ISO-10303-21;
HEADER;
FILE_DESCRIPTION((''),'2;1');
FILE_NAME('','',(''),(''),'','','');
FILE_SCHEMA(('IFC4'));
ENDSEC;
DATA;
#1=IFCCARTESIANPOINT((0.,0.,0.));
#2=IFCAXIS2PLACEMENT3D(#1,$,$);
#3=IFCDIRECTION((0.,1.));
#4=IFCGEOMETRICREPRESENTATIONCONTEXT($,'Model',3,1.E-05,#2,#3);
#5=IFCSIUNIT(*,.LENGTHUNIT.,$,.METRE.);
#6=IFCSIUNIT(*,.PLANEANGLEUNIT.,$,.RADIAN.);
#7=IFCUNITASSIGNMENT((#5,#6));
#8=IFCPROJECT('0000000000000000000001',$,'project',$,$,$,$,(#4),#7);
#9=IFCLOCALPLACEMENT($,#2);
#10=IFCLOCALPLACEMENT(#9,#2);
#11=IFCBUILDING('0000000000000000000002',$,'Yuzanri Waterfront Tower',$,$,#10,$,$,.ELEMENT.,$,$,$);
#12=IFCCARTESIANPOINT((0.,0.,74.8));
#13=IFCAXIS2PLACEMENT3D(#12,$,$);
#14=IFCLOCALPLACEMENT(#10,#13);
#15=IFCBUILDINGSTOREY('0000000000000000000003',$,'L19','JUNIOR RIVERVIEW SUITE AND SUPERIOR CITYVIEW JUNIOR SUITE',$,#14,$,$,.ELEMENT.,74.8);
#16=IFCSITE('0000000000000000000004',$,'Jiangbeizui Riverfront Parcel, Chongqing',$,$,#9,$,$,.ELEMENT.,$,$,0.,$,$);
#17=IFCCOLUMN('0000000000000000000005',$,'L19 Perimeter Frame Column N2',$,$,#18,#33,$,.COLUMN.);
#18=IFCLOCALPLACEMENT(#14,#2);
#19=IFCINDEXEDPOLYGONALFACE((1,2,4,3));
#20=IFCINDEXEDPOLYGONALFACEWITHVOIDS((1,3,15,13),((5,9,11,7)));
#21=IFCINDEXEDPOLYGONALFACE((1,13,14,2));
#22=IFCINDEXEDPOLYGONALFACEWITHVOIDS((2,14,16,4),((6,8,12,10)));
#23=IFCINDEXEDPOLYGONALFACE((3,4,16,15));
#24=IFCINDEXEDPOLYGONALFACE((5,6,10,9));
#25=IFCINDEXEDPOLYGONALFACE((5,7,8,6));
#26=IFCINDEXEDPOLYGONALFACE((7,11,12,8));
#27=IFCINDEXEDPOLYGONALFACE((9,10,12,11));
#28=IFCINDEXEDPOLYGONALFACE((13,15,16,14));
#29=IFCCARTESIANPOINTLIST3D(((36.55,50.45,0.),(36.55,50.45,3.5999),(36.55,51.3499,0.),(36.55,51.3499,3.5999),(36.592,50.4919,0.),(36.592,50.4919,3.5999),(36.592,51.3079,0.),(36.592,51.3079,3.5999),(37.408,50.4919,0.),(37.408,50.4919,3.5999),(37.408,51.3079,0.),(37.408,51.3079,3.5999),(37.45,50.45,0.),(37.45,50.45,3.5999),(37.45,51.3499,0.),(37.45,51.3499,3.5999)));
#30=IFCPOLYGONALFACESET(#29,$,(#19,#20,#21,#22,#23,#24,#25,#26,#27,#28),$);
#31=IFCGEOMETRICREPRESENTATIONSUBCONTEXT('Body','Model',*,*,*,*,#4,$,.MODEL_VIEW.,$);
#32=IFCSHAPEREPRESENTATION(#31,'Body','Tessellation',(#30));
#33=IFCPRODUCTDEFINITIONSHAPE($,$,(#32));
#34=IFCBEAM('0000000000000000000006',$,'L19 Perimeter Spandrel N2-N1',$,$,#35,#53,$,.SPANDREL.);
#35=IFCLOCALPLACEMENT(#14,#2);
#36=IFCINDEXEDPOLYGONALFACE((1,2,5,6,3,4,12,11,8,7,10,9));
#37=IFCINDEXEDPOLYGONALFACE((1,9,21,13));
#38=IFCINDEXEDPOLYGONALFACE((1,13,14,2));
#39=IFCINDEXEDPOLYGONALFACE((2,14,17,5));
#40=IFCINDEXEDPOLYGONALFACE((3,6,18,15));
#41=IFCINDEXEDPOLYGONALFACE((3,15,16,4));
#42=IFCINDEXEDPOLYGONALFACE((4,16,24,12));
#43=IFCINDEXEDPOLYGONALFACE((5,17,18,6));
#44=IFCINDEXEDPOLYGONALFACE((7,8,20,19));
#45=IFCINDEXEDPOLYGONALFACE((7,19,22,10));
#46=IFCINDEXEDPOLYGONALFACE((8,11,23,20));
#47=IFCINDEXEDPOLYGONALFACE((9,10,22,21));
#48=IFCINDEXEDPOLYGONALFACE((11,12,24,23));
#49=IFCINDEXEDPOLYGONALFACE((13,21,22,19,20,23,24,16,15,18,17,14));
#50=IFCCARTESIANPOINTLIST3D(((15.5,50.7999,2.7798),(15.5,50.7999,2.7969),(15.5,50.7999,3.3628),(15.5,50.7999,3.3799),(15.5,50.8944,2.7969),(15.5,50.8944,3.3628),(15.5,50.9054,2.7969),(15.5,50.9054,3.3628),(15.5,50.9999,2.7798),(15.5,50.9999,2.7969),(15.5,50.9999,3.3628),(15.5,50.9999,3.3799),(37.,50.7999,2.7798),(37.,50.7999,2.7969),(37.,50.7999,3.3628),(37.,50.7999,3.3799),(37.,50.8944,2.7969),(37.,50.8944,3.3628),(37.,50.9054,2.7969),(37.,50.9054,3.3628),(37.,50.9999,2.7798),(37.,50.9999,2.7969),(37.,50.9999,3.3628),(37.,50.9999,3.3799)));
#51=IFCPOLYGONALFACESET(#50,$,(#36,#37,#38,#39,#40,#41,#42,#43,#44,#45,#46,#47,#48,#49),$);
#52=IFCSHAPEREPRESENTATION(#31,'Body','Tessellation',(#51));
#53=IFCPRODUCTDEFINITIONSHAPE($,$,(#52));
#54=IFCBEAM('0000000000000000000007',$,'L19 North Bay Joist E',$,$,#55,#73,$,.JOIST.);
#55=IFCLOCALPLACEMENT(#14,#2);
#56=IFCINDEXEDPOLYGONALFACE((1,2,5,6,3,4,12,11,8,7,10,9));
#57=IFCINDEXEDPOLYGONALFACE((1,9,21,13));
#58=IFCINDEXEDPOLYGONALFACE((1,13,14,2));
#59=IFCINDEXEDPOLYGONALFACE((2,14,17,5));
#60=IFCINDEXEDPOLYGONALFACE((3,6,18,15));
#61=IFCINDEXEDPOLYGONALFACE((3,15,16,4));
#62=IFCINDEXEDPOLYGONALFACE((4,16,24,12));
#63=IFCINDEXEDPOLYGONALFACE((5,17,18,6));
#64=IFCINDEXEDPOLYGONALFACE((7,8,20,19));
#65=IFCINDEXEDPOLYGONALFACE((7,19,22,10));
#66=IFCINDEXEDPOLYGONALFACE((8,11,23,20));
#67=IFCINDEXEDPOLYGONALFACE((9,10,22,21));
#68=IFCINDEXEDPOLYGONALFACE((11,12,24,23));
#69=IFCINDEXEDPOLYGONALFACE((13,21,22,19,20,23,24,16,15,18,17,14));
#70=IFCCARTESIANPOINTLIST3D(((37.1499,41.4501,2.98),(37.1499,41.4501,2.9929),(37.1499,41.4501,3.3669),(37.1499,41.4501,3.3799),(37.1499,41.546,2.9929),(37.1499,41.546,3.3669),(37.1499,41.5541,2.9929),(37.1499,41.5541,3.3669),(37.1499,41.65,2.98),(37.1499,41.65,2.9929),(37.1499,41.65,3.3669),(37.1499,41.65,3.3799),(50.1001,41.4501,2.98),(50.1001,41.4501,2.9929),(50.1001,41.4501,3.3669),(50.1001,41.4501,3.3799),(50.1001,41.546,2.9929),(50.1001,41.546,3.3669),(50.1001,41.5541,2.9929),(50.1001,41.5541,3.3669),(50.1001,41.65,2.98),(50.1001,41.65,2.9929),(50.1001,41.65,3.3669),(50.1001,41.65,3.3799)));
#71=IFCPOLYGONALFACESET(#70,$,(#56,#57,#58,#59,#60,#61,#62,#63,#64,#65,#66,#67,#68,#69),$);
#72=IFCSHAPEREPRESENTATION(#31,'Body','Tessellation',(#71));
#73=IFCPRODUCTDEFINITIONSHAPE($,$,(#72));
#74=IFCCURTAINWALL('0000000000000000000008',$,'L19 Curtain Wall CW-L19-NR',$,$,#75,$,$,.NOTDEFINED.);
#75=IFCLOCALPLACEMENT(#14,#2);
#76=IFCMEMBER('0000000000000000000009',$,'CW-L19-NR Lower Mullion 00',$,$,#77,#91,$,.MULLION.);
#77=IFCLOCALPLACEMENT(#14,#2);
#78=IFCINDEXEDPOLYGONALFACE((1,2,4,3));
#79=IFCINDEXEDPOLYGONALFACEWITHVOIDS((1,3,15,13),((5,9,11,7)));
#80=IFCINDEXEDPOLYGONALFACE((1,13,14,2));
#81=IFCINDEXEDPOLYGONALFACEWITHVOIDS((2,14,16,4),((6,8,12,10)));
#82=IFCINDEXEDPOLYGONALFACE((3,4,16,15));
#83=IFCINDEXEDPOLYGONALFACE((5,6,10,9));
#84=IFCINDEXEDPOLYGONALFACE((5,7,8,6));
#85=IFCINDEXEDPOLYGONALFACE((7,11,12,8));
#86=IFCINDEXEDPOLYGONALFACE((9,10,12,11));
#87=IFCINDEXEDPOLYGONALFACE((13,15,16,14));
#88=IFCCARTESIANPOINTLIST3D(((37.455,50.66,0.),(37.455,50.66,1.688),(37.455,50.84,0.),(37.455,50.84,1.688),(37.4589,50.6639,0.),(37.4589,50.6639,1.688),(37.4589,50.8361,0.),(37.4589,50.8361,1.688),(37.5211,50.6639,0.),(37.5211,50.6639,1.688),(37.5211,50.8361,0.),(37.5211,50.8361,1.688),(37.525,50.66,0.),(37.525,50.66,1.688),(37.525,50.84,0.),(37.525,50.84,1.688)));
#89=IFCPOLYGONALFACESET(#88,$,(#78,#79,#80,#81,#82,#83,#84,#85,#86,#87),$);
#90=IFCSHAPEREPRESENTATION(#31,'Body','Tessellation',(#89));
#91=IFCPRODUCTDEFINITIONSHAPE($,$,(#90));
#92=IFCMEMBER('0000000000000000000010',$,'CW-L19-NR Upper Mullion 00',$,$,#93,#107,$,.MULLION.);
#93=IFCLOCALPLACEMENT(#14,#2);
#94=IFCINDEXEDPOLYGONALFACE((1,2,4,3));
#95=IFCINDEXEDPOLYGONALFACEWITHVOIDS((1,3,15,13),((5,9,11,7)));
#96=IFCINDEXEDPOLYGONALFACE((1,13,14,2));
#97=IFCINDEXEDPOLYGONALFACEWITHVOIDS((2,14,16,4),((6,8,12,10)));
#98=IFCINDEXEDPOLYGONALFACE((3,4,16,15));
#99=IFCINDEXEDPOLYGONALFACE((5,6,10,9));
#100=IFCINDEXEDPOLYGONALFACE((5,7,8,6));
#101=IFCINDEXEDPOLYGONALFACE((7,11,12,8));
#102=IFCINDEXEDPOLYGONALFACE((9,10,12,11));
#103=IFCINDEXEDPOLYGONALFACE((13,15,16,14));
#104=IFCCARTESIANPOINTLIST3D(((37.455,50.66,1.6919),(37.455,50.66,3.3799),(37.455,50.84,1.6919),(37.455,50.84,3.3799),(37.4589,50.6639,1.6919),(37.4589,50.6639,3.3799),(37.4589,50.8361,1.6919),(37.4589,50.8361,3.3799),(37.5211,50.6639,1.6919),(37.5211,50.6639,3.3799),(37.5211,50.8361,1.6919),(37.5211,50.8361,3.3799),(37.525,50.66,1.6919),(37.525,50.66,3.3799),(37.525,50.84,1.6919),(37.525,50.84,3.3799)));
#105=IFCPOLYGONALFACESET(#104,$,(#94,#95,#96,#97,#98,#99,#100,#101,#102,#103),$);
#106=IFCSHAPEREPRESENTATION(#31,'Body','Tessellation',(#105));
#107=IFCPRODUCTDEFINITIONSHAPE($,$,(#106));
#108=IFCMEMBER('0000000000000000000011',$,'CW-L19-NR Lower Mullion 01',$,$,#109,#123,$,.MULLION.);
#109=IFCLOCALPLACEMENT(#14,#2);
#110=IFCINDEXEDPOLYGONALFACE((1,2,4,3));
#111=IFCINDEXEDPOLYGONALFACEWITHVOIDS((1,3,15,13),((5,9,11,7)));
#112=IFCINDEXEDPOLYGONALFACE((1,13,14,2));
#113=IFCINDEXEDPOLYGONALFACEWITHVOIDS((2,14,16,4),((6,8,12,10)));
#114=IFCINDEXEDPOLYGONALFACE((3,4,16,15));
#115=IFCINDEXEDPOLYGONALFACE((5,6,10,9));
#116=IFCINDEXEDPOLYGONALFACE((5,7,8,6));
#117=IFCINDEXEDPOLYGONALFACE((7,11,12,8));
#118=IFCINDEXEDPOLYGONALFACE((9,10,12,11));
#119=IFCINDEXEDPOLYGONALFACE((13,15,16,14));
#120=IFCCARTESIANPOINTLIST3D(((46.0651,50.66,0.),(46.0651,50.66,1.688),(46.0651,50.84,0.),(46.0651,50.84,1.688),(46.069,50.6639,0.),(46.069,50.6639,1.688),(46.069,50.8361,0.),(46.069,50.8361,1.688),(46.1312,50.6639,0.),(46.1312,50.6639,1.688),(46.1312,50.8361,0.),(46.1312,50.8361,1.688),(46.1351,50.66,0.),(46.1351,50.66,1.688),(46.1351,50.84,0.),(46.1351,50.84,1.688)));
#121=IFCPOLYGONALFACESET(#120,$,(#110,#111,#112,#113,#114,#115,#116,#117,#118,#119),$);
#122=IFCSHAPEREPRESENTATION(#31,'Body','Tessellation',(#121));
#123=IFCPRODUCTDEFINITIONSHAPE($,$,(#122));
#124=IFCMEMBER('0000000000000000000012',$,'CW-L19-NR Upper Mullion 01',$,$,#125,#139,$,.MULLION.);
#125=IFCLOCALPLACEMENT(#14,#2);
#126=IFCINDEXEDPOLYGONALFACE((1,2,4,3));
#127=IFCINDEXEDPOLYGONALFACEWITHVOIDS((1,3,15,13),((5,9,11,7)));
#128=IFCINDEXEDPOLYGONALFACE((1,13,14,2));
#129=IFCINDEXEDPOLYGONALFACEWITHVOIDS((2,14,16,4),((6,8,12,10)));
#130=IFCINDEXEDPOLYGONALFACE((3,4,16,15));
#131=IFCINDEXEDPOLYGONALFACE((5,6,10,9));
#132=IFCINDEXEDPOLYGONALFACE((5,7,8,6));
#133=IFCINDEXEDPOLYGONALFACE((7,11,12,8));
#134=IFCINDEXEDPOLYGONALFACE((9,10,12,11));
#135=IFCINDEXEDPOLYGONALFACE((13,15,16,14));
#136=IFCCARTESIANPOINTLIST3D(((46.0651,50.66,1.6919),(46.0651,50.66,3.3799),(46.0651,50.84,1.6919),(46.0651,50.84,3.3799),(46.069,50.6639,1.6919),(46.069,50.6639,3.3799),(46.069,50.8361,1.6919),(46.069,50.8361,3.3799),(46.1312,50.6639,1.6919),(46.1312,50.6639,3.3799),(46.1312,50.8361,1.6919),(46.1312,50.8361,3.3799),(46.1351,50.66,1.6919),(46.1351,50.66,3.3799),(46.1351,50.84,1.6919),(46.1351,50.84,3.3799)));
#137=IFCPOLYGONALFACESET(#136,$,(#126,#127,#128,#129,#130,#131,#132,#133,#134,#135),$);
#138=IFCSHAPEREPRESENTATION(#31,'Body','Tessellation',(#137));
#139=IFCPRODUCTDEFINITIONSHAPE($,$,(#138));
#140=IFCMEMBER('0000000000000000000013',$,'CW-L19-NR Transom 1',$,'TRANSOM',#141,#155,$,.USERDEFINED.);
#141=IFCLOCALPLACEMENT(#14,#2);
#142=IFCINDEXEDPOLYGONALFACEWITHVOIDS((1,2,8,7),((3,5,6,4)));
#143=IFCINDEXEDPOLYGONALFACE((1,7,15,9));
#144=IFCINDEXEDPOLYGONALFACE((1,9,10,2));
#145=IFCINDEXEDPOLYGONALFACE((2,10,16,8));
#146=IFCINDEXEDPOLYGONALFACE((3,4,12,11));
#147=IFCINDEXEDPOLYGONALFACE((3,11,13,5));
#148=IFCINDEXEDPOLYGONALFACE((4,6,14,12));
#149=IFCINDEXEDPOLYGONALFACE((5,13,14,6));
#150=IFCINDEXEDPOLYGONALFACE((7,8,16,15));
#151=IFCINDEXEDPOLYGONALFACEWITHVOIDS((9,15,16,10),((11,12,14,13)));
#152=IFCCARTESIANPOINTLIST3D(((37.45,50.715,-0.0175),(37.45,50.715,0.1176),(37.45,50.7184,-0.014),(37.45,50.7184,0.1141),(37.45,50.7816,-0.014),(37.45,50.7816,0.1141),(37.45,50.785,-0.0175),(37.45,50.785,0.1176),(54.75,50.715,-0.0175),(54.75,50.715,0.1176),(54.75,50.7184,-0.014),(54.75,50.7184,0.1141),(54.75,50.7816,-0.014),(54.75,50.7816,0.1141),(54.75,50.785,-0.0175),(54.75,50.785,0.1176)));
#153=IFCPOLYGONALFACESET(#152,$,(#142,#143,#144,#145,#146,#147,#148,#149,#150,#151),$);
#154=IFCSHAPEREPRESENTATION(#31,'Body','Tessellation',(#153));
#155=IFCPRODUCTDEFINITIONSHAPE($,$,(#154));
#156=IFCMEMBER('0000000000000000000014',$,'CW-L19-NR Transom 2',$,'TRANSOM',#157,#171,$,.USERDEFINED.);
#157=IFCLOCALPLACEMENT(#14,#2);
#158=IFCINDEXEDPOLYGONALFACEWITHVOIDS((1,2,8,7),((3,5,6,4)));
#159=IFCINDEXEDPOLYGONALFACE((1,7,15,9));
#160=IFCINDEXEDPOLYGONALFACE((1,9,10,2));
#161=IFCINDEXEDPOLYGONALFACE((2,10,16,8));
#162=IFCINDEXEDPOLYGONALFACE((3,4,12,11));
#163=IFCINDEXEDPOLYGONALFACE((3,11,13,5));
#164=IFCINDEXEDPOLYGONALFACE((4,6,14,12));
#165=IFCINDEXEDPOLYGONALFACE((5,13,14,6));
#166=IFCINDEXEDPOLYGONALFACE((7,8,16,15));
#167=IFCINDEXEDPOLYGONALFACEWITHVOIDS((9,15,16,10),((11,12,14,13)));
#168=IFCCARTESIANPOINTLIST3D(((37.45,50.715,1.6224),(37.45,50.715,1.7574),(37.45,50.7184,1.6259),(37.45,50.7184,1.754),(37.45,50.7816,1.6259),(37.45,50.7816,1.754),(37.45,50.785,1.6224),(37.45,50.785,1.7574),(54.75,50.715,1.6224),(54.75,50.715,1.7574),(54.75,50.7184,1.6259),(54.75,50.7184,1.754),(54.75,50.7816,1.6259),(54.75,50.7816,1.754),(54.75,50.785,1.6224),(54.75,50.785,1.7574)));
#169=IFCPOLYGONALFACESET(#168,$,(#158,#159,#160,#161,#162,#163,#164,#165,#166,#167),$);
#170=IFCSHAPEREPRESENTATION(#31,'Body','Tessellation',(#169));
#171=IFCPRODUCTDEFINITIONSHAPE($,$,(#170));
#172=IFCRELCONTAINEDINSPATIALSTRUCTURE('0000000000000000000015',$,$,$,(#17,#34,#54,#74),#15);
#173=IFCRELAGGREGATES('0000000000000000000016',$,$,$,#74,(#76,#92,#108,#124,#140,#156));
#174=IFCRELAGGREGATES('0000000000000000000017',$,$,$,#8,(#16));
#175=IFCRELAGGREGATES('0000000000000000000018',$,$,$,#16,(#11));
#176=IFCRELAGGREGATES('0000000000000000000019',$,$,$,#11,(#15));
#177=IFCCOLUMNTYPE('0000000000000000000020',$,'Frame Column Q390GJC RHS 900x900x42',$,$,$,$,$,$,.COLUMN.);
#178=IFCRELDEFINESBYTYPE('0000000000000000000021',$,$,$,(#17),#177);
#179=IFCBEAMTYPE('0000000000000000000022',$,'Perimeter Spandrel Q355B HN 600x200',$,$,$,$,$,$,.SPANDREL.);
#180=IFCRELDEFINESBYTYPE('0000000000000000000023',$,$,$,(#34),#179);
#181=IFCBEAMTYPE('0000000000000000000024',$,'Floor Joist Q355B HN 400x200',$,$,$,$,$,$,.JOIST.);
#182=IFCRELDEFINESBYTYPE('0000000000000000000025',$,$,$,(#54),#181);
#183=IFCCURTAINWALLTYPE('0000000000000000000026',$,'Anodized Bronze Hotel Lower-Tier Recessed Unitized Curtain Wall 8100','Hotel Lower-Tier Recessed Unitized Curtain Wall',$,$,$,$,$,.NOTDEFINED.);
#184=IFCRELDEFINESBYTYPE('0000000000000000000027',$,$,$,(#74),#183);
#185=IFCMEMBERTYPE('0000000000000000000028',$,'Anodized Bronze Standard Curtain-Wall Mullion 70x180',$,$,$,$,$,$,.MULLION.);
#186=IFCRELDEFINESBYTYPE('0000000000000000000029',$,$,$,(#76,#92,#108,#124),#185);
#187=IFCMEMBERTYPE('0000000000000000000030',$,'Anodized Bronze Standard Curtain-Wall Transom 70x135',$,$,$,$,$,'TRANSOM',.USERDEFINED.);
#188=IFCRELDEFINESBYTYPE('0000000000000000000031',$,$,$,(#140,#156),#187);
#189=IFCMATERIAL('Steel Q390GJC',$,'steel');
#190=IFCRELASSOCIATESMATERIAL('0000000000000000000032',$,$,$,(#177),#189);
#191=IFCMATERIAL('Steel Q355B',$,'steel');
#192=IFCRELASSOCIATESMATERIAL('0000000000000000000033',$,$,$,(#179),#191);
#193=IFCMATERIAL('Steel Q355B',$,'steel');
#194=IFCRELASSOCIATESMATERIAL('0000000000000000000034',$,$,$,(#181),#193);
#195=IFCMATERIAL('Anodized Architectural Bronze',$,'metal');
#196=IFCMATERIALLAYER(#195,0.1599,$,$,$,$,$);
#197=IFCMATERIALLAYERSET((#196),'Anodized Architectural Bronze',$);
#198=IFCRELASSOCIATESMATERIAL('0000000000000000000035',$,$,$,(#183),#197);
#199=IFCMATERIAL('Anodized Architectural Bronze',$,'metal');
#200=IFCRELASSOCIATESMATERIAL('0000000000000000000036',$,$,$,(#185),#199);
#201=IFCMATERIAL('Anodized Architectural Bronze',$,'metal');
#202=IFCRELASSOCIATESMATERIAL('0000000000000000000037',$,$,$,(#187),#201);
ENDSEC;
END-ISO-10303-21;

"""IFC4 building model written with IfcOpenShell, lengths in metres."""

from ifc_helpers import new_model, si_unit, direction, frame, origin, origin_2d, place, context, subcontext, project, spatial, hollow_rectangle, i_section, extrude, source, transform, mapped, material, layer, layer_set, material_profile, profile_set, type_object, element, aggregate, save


model = new_model("IFC4")

# Units and contexts
model_context = context("Model", 3, precision=1e-05, world=origin(), true_north=direction((0.0, 1.0)))
body_context = subcontext(model_context, "Body", "Model", "MODEL_VIEW")
ifc_project = project(units=[si_unit("LENGTHUNIT", "METRE"), si_unit("PLANEANGLEUNIT", "RADIAN")], contexts=[model_context])

# Site, building, storey
site_placement = place(None, origin())
site = spatial("IfcSite", under=ifc_project, at=site_placement, Name="Jiangbeizui Riverfront Parcel, Chongqing", CompositionType="ELEMENT", RefElevation=0.0)
building_placement = place(site_placement, origin())
building = spatial("IfcBuilding", under=site, at=building_placement, Name="Yuzanri Waterfront Tower", CompositionType="ELEMENT")
storey_placement = place(building_placement, frame((0.0, 0.0, 74.8)))
storey = spatial("IfcBuildingStorey", under=building, at=storey_placement, Name="L19", Description="JUNIOR RIVERVIEW SUITE AND SUPERIOR CITYVIEW JUNIOR SUITE", CompositionType="ELEMENT", Elevation=74.8)

# Column
ifc_material_1 = material(Name="Steel Q390GJC", Category="steel")
ifc_material_profile_1 = material_profile(ifc_material_1, hollow_rectangle(XDim=0.8999, YDim=0.8999, WallThickness=0.042, at=origin_2d()), Name="RHS 900x900x42")
ifc_profile_set_1 = profile_set([ifc_material_profile_1], Name="Steel Q390GJC")
column_type = type_object("IfcColumnType", Name="Frame Column Q390GJC RHS 900x900x42", PredefinedType="COLUMN", material=ifc_profile_set_1)
shared_shape_1 = source(origin(), body_context, "Body", "SweptSolid", [
    extrude(hollow_rectangle(XDim=0.8999, YDim=0.8999, WallThickness=0.042, at=origin_2d()), origin(), (0.0, 0.0, 1.0), 3.5999),
])
column_placement = place(storey_placement, frame((37.0, 50.8999, 0.0), z_axis=(0.0, 0.0, 1.0), x_axis=(1.0, 0.0, 0.0)))
element("IfcColumn", 1, at=column_placement, inside=storey, type_object=column_type, Name="L19 Perimeter Frame Column N2", PredefinedType="COLUMN", context=body_context, shape_type="MappedRepresentation", body=[
    mapped(shared_shape_1, transform((0.0, 0.0, 0.0), scale=1.0)),
])

# Beams
ifc_material_2 = material(Name="Steel Q355B", Category="steel")
ifc_material_profile_2 = material_profile(ifc_material_2, i_section(OverallWidth=0.2, OverallDepth=0.6001, WebThickness=0.011, FlangeThickness=0.0171, at=origin_2d()), Name="HN 600x200x11x17")
ifc_profile_set_2 = profile_set([ifc_material_profile_2], Name="Steel Q355B")
beam_type_1 = type_object("IfcBeamType", Name="Perimeter Spandrel Q355B HN 600x200", PredefinedType="SPANDREL", material=ifc_profile_set_2)
shared_shape_2 = source(origin(), body_context, "Body", "SweptSolid", [
    extrude(i_section(OverallWidth=0.2, OverallDepth=0.6001, WebThickness=0.011, FlangeThickness=0.0171, at=origin_2d()), origin(), (0.0, 0.0, 1.0), 21.5),
])
beam_1_placement = place(storey_placement, frame((37.0, 50.8999, 3.0798), z_axis=(-1.0, 0.0, 0.0), x_axis=(0.0, -1.0, 0.0)))
element("IfcBeam", 2, at=beam_1_placement, inside=storey, type_object=beam_type_1, Name="L19 Perimeter Spandrel N2-N1", PredefinedType="SPANDREL", context=body_context, shape_type="MappedRepresentation", body=[
    mapped(shared_shape_2, transform((0.0, 0.0, 0.0), scale=1.0)),
])
ifc_material_3 = material(Name="Steel Q355B", Category="steel")
ifc_material_profile_3 = material_profile(ifc_material_3, i_section(OverallWidth=0.2, OverallDepth=0.3999, WebThickness=0.0081, FlangeThickness=0.0129, at=origin_2d()), Name="HN 400x200x8x13")
ifc_profile_set_3 = profile_set([ifc_material_profile_3], Name="Steel Q355B")
beam_type_2 = type_object("IfcBeamType", Name="Floor Joist Q355B HN 400x200", PredefinedType="JOIST", material=ifc_profile_set_3)
shared_shape_3 = source(origin(), body_context, "Body", "SweptSolid", [
    extrude(i_section(OverallWidth=0.2, OverallDepth=0.3999, WebThickness=0.0081, FlangeThickness=0.0129, at=origin_2d()), origin(), (0.0, 0.0, 1.0), 12.9502),
])
beam_2_placement = place(storey_placement, frame((37.1499, 41.55, 3.1799), z_axis=(1.0, 0.0, 0.0), x_axis=(0.0, 1.0, 0.0)))
element("IfcBeam", 3, at=beam_2_placement, inside=storey, type_object=beam_type_2, Name="L19 North Bay Joist E", PredefinedType="JOIST", context=body_context, shape_type="MappedRepresentation", body=[
    mapped(shared_shape_3, transform((0.0, 0.0, 0.0), scale=1.0)),
])

# Curtain wall, members
ifc_material_4 = material(Name="Anodized Architectural Bronze", Category="metal")
ifc_layer_1 = layer(ifc_material_4, 0.1599)
ifc_layer_set_1 = layer_set([ifc_layer_1], Name="Anodized Architectural Bronze")
curtain_wall_type = type_object("IfcCurtainWallType", Name="Anodized Bronze Hotel Lower-Tier Recessed Unitized Curtain Wall 8100", Description="Hotel Lower-Tier Recessed Unitized Curtain Wall", PredefinedType="NOTDEFINED", material=ifc_layer_set_1)
curtain_wall_placement = place(storey_placement, origin())
curtain_wall = element("IfcCurtainWall", 4, at=curtain_wall_placement, inside=storey, type_object=curtain_wall_type, Name="L19 Curtain Wall CW-L19-NR", PredefinedType="NOTDEFINED")
ifc_material_5 = material(Name="Anodized Architectural Bronze", Category="metal")
ifc_material_profile_4 = material_profile(ifc_material_5, hollow_rectangle(XDim=0.0701, YDim=0.1799, WallThickness=0.0039, at=origin_2d()), Name="CWM 70x180")
ifc_profile_set_4 = profile_set([ifc_material_profile_4], Name="Anodized Architectural Bronze")
member_type_1 = type_object("IfcMemberType", Name="Anodized Bronze Standard Curtain-Wall Mullion 70x180", PredefinedType="MULLION", material=ifc_profile_set_4)
shared_shape_4 = source(origin(), body_context, "Body", "SweptSolid", [
    extrude(hollow_rectangle(XDim=0.0701, YDim=0.1799, WallThickness=0.0039, at=origin_2d()), origin(), (0.0, 0.0, 1.0), 1.688),
])
member_1_placement = place(storey_placement, frame((37.49, 50.75, 0.0), z_axis=(0.0, 0.0, 1.0), x_axis=(1.0, 0.0, 0.0)))
member_1 = element("IfcMember", 5, at=member_1_placement, type_object=member_type_1, Name="CW-L19-NR Lower Mullion 00", PredefinedType="MULLION", context=body_context, shape_type="MappedRepresentation", body=[
    mapped(shared_shape_4, transform((0.0, 0.0, 0.0), scale=1.0)),
])
member_2_placement = place(storey_placement, frame((37.49, 50.75, 1.6919), z_axis=(0.0, 0.0, 1.0), x_axis=(1.0, 0.0, 0.0)))
member_2 = element("IfcMember", 6, at=member_2_placement, type_object=member_type_1, Name="CW-L19-NR Upper Mullion 00", PredefinedType="MULLION", context=body_context, shape_type="MappedRepresentation", body=[
    mapped(shared_shape_4, transform((0.0, 0.0, 0.0), scale=1.0)),
])
member_3_placement = place(storey_placement, frame((46.1001, 50.75, 0.0), z_axis=(0.0, 0.0, 1.0), x_axis=(1.0, 0.0, 0.0)))
member_3 = element("IfcMember", 7, at=member_3_placement, type_object=member_type_1, Name="CW-L19-NR Lower Mullion 01", PredefinedType="MULLION", context=body_context, shape_type="MappedRepresentation", body=[
    mapped(shared_shape_4, transform((0.0, 0.0, 0.0), scale=1.0)),
])
member_4_placement = place(storey_placement, frame((46.1001, 50.75, 1.6919), z_axis=(0.0, 0.0, 1.0), x_axis=(1.0, 0.0, 0.0)))
member_4 = element("IfcMember", 8, at=member_4_placement, type_object=member_type_1, Name="CW-L19-NR Upper Mullion 01", PredefinedType="MULLION", context=body_context, shape_type="MappedRepresentation", body=[
    mapped(shared_shape_4, transform((0.0, 0.0, 0.0), scale=1.0)),
])
ifc_material_6 = material(Name="Anodized Architectural Bronze", Category="metal")
ifc_material_profile_5 = material_profile(ifc_material_6, hollow_rectangle(XDim=0.0701, YDim=0.135, WallThickness=0.0034, at=origin_2d()), Name="CWT 70x135")
ifc_profile_set_5 = profile_set([ifc_material_profile_5], Name="Anodized Architectural Bronze")
member_type_2 = type_object("IfcMemberType", Name="Anodized Bronze Standard Curtain-Wall Transom 70x135", ElementType="TRANSOM", PredefinedType="USERDEFINED", material=ifc_profile_set_5)
shared_shape_5 = source(origin(), body_context, "Body", "SweptSolid", [
    extrude(hollow_rectangle(XDim=0.0701, YDim=0.135, WallThickness=0.0034, at=origin_2d()), origin(), (0.0, 0.0, 1.0), 17.3),
])
member_5_placement = place(storey_placement, frame((37.45, 50.75, 0.05), z_axis=(1.0, 0.0, 0.0), x_axis=(0.0, 1.0, 0.0)))
member_5 = element("IfcMember", 9, at=member_5_placement, type_object=member_type_2, Name="CW-L19-NR Transom 1", ObjectType="TRANSOM", PredefinedType="USERDEFINED", context=body_context, shape_type="MappedRepresentation", body=[
    mapped(shared_shape_5, transform((0.0, 0.0, 0.0), scale=1.0)),
])
member_6_placement = place(storey_placement, frame((37.45, 50.75, 1.6899), z_axis=(1.0, 0.0, 0.0), x_axis=(0.0, 1.0, 0.0)))
member_6 = element("IfcMember", 10, at=member_6_placement, type_object=member_type_2, Name="CW-L19-NR Transom 2", ObjectType="TRANSOM", PredefinedType="USERDEFINED", context=body_context, shape_type="MappedRepresentation", body=[
    mapped(shared_shape_5, transform((0.0, 0.0, 0.0), scale=1.0)),
])
aggregate(curtain_wall, [member_1, member_2, member_3, member_4, member_5, member_6])

save(model, "model.ifc")
